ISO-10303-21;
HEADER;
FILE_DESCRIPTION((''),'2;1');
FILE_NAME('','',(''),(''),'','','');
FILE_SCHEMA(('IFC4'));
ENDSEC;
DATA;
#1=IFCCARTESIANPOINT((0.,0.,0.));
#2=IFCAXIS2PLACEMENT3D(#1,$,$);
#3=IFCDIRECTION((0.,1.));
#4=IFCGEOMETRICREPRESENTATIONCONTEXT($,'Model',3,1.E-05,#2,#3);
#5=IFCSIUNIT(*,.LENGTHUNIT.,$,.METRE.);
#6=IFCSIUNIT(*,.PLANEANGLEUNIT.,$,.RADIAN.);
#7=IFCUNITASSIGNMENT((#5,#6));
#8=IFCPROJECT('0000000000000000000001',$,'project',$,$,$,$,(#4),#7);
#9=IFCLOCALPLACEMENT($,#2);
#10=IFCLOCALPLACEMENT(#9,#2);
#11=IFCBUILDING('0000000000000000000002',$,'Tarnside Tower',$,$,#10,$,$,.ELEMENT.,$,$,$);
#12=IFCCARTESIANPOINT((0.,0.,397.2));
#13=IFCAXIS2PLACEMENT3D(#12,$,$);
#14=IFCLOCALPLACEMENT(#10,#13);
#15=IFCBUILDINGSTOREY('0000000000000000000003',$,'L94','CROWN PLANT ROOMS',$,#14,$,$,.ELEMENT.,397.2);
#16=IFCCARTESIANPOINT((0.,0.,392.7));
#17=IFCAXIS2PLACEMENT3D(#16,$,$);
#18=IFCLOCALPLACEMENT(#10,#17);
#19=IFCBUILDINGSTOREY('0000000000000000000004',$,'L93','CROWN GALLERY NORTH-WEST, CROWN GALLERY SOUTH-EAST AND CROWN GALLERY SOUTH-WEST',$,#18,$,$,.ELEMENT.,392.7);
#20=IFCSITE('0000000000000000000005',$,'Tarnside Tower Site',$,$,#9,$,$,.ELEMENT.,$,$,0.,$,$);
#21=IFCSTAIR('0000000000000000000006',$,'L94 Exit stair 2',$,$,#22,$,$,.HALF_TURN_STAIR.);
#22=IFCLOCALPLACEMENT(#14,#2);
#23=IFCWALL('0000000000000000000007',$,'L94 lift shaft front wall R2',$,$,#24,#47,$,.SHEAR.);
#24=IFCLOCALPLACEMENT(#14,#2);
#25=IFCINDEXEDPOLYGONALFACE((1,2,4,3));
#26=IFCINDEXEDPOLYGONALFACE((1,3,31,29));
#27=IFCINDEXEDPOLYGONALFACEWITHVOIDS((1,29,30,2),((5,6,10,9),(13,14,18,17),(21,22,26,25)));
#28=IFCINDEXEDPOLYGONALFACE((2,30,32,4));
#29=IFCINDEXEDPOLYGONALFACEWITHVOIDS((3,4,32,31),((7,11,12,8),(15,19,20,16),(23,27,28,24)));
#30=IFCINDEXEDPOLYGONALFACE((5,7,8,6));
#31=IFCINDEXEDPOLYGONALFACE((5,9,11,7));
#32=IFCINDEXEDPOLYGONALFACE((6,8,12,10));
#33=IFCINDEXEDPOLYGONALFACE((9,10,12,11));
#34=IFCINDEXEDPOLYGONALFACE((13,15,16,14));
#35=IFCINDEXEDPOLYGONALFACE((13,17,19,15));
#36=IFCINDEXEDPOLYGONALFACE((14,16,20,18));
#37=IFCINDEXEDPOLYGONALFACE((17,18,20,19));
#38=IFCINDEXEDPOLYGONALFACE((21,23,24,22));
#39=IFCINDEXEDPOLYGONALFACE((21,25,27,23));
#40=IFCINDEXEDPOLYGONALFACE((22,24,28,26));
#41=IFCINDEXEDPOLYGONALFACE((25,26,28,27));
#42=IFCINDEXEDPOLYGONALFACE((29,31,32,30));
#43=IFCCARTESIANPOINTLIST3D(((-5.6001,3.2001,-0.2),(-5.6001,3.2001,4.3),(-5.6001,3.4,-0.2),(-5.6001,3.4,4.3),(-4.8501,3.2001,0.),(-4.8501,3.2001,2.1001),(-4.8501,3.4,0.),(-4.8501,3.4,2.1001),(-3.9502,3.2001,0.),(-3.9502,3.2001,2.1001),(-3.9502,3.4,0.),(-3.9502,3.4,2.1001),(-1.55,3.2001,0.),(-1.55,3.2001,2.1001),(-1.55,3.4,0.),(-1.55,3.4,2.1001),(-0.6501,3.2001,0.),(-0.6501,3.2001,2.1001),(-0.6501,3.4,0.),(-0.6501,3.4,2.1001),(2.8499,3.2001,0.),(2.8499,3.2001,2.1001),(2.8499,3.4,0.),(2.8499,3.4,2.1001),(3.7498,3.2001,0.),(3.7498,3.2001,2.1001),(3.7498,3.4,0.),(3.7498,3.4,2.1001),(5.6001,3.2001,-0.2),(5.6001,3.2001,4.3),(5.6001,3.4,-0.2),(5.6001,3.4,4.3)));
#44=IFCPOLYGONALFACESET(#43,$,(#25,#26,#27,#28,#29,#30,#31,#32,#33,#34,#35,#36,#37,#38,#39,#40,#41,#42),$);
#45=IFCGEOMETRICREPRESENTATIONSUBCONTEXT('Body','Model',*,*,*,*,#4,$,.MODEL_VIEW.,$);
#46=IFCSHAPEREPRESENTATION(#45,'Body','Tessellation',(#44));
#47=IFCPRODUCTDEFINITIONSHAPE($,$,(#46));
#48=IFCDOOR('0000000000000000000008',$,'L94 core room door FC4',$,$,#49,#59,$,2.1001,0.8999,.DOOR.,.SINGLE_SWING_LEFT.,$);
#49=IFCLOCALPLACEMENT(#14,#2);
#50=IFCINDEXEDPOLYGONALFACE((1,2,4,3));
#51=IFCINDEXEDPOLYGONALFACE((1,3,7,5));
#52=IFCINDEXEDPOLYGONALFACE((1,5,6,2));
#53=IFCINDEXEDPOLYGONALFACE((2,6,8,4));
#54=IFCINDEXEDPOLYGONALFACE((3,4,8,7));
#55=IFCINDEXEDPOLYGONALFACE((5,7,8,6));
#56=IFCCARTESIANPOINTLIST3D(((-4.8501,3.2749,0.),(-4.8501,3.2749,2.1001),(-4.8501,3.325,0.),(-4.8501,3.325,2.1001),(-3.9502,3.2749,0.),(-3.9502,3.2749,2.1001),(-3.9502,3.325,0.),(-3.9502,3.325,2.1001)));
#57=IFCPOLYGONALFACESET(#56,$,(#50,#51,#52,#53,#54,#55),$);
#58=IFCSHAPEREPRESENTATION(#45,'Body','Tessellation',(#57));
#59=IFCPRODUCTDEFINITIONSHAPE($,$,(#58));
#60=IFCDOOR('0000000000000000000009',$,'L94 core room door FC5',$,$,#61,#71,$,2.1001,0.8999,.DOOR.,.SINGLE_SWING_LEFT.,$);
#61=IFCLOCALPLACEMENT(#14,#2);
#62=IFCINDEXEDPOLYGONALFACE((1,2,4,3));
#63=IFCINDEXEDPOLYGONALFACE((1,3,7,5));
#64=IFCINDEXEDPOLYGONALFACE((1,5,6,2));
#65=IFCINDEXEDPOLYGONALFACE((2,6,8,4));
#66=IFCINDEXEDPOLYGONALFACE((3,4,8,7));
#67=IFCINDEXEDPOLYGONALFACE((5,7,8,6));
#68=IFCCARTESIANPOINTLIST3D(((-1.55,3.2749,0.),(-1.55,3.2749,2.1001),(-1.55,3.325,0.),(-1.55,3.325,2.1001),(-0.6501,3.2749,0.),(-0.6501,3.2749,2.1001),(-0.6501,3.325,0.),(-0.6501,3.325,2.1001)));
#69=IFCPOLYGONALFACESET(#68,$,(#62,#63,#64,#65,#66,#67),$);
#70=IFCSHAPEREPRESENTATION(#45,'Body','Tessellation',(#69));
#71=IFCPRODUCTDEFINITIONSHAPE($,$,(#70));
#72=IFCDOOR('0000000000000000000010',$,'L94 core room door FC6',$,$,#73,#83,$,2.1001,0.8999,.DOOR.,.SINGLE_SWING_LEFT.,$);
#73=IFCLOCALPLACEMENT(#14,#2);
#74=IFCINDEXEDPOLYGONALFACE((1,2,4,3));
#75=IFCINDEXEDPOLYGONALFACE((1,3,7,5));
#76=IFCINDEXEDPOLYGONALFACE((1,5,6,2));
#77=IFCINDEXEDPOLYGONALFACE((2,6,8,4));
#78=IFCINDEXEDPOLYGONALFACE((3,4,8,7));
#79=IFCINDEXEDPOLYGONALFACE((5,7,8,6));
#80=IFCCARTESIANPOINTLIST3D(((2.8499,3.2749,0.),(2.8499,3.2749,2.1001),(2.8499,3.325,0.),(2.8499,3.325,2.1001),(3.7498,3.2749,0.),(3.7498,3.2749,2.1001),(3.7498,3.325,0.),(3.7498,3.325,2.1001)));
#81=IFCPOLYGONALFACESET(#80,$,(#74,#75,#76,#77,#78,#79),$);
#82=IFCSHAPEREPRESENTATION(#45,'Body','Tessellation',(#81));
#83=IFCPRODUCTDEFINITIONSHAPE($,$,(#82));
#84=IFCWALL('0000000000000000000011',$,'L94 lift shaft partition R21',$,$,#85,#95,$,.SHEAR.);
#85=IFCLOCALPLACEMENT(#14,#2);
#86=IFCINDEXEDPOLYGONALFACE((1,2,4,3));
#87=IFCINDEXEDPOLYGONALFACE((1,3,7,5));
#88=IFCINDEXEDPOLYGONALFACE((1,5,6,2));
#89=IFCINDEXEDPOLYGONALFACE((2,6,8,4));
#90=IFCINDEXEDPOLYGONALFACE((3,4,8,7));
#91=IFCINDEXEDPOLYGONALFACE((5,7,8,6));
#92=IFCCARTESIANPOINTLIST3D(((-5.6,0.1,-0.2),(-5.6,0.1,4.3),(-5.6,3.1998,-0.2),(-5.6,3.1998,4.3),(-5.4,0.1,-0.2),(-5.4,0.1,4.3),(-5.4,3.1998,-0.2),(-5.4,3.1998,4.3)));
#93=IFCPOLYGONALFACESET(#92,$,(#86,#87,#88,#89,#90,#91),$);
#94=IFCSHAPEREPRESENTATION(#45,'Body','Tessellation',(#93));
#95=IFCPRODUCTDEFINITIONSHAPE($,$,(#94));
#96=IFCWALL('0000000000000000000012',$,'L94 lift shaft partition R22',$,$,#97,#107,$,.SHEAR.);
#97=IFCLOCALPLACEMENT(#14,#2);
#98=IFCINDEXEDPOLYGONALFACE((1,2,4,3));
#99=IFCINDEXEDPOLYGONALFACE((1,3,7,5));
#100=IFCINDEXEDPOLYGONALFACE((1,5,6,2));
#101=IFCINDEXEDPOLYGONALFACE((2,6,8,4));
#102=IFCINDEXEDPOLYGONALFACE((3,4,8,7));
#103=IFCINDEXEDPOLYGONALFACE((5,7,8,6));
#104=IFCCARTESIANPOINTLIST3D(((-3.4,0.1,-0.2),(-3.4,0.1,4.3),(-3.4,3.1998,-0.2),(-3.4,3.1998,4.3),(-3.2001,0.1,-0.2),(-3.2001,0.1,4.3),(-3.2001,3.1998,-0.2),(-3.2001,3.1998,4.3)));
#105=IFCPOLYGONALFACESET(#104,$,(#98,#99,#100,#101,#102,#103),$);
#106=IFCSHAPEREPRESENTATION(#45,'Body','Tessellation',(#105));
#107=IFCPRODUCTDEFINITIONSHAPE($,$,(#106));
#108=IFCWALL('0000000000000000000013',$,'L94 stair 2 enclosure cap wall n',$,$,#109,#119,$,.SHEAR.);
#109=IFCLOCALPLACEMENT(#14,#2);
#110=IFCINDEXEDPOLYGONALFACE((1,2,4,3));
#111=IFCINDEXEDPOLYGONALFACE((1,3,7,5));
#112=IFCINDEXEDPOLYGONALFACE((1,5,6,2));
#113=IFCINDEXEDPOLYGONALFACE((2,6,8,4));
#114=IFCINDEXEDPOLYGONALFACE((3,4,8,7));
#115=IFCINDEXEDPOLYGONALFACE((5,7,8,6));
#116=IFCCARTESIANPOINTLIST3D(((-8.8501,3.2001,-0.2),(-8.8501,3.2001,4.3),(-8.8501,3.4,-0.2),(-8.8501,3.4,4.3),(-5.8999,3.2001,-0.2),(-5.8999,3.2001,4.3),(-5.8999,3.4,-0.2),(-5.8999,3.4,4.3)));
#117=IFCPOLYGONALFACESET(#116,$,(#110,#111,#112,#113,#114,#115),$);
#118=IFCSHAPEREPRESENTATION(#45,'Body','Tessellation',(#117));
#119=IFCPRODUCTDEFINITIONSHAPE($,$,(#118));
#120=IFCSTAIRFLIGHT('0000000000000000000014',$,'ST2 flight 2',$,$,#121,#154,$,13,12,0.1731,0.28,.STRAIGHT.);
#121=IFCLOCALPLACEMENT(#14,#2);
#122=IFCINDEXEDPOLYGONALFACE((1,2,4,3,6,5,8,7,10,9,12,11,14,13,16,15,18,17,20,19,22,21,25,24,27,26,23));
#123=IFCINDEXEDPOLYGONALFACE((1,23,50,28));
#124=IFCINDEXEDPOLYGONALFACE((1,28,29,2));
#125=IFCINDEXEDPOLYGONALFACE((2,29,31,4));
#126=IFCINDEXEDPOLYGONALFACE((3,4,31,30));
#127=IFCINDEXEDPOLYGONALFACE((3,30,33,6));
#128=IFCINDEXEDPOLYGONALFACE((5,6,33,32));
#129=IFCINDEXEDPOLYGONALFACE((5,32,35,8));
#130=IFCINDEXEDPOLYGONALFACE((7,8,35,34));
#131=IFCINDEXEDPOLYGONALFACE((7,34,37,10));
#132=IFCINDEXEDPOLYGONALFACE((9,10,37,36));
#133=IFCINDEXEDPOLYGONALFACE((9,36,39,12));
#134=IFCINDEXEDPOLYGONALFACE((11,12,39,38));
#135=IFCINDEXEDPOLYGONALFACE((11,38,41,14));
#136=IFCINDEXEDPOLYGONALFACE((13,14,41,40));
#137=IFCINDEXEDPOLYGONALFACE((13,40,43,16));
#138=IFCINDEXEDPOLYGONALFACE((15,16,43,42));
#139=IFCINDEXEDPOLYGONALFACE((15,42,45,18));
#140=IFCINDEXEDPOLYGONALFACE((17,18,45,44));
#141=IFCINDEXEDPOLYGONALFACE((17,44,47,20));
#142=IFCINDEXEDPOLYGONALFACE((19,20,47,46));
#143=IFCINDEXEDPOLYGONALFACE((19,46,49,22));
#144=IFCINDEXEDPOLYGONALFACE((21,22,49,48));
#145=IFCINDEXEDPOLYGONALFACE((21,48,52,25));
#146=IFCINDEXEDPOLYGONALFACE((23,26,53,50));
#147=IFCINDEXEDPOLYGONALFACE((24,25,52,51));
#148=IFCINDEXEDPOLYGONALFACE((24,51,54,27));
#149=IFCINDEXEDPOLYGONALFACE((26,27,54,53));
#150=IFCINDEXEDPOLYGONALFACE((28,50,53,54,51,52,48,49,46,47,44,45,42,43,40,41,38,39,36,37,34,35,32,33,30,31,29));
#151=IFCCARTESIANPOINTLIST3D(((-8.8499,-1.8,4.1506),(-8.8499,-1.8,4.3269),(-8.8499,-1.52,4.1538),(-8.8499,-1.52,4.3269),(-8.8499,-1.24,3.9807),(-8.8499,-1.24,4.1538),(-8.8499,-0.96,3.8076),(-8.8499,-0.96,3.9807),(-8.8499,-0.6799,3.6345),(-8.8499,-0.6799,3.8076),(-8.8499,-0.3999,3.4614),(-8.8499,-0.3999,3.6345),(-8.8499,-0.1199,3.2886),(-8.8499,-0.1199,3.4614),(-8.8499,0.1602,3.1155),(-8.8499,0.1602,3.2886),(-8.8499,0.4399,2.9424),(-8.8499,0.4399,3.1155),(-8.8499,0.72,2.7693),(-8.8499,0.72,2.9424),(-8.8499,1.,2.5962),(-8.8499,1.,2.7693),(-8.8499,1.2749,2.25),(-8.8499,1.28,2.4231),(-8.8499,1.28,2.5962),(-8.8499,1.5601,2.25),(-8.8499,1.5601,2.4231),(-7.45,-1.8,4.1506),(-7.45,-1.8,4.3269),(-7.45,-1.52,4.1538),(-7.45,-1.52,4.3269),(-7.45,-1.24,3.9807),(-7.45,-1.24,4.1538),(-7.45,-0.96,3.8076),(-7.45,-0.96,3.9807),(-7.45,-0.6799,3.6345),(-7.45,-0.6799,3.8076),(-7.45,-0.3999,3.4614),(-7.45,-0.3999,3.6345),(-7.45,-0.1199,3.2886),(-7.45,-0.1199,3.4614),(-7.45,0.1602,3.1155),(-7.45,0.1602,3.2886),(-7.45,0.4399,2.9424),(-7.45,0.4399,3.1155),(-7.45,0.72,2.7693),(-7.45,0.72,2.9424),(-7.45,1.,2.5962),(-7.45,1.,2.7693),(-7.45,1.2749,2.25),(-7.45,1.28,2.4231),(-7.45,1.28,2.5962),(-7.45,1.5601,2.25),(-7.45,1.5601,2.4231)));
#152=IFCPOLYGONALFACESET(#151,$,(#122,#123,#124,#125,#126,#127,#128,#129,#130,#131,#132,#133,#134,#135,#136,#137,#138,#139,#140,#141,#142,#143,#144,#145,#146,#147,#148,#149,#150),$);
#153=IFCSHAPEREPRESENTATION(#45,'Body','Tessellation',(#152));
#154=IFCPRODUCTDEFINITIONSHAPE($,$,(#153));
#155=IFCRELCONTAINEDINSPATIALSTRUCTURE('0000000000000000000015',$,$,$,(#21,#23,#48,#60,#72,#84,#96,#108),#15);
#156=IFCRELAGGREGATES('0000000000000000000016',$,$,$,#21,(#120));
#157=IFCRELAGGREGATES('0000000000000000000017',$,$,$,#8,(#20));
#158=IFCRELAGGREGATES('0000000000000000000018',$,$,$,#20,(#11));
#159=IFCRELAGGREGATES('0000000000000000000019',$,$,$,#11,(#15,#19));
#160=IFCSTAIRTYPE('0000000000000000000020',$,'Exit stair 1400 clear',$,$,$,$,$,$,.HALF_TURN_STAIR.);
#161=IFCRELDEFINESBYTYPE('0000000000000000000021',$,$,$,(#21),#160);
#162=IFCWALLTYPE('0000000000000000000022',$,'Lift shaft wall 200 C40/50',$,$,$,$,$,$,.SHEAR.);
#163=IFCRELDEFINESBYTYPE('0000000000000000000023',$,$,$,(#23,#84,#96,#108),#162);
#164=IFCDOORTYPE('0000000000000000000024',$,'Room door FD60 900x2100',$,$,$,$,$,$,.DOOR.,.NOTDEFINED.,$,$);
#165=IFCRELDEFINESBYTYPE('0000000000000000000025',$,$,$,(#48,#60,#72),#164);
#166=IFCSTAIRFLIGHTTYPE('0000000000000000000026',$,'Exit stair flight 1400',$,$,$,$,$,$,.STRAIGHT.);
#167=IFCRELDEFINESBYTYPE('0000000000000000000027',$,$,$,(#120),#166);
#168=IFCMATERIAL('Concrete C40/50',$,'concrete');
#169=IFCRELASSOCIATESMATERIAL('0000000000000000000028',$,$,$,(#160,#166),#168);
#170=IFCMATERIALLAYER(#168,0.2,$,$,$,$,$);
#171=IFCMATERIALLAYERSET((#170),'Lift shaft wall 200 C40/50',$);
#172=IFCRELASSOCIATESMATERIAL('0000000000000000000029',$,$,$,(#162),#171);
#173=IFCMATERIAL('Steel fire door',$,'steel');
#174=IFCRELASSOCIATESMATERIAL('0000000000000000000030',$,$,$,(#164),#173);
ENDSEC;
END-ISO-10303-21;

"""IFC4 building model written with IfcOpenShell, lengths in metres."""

from ifc_helpers import new_model, si_unit, direction, frame, frame_2d, origin, place, context, subcontext, project, spatial, polyline, rectangle, outline, extrude, material, layer, layer_set, type_object, element, fill, aggregate, save


model = new_model("IFC4")

# Units and contexts
model_context = context("Model", 3, precision=1e-05, world=origin(), true_north=direction((0.0, 1.0)))
body_context = subcontext(model_context, "Body", "Model", "MODEL_VIEW")
ifc_project = project(units=[si_unit("LENGTHUNIT", "METRE"), si_unit("PLANEANGLEUNIT", "RADIAN")], contexts=[model_context])

# Site, building, storey
site_placement = place(None, origin())
site = spatial("IfcSite", under=ifc_project, at=site_placement, Name="Tarnside Tower Site", CompositionType="ELEMENT", RefElevation=0.0)
building_placement = place(site_placement, origin())
building = spatial("IfcBuilding", under=site, at=building_placement, Name="Tarnside Tower", CompositionType="ELEMENT")
storey_1_placement = place(building_placement, frame((0.0, 0.0, 397.2)))
storey_1 = spatial("IfcBuildingStorey", under=building, at=storey_1_placement, Name="L94", Description="CROWN PLANT ROOMS", CompositionType="ELEMENT", Elevation=397.2)

# Shared definitions
ifc_material_1 = material(Name="Concrete C40/50", Category="concrete")

# Shared definitions
storey_2_placement = place(building_placement, frame((0.0, 0.0, 392.7)))
storey_2 = spatial("IfcBuildingStorey", under=building, at=storey_2_placement, Name="L93", Description="CROWN GALLERY NORTH-WEST, CROWN GALLERY SOUTH-EAST AND CROWN GALLERY SOUTH-WEST", CompositionType="ELEMENT", Elevation=392.7)

# Stair
stair_type = type_object("IfcStairType", Name="Exit stair 1400 clear", PredefinedType="HALF_TURN_STAIR", material=ifc_material_1)
stair_1_placement = place(storey_1_placement, origin())
stair_1 = element("IfcStair", 1, at=stair_1_placement, inside=storey_1, type_object=stair_type, Name="L94 Exit stair 2", PredefinedType="HALF_TURN_STAIR")

# Shared definitions
ifc_material_2 = material(Name="Steel fire door", Category="steel")

# Shared definitions
ifc_layer_1 = layer(ifc_material_1, 0.2)
ifc_layer_set_1 = layer_set([ifc_layer_1], Name="Lift shaft wall 200 C40/50")
wall_type_1 = type_object("IfcWallType", Name="Lift shaft wall 200 C40/50", PredefinedType="SHEAR", material=ifc_layer_set_1)
door_type_1 = type_object("IfcDoorType", Name="Room door FD60 900x2100", OperationType="NOTDEFINED", PredefinedType="DOOR", material=ifc_material_2)

# Wall, openings, doors
wall_1_placement = place(storey_1_placement, frame((-5.6001, 3.3, -0.2), z_axis=(0.0, 0.0, 1.0), x_axis=(1.0, 0.0, 0.0)))
wall_1 = element("IfcWall", 2, at=wall_1_placement, inside=storey_1, type_object=wall_type_1, Name="L94 lift shaft front wall R2", PredefinedType="SHEAR", context=body_context, shape_type="SweptSolid", body=[
    extrude(rectangle(XDim=11.2002, YDim=0.2, at=frame_2d((5.6001, 0.0))), origin(), (0.0, 0.0, 1.0), 4.5),
])
opening_1_placement = place(wall_1_placement, frame((0.75, 0.0, 0.2)))
opening_1 = element("IfcOpeningElement", 3, at=opening_1_placement, cuts=wall_1, PredefinedType="OPENING", context=body_context, shape_type="SweptSolid", body=[
    extrude(rectangle(XDim=0.8999, YDim=2.1001, at=frame_2d((0.45, 1.05))), frame((0.0, 0.1099, 0.0), z_axis=(0.0, -1.0, 0.0), x_axis=(1.0, 0.0, 0.0)), (0.0, 0.0, 1.0), 0.22),
])
opening_2_placement = place(wall_1_placement, frame((4.05, 0.0, 0.2)))
opening_2 = element("IfcOpeningElement", 4, at=opening_2_placement, cuts=wall_1, PredefinedType="OPENING", context=body_context, shape_type="SweptSolid", body=[
    extrude(rectangle(XDim=0.8999, YDim=2.1001, at=frame_2d((0.45, 1.05))), frame((0.0, 0.1099, 0.0), z_axis=(0.0, -1.0, 0.0), x_axis=(1.0, 0.0, 0.0)), (0.0, 0.0, 1.0), 0.22),
])
opening_3_placement = place(wall_1_placement, frame((8.45, 0.0, 0.2)))
opening_3 = element("IfcOpeningElement", 5, at=opening_3_placement, cuts=wall_1, PredefinedType="OPENING", context=body_context, shape_type="SweptSolid", body=[
    extrude(rectangle(XDim=0.8999, YDim=2.1001, at=frame_2d((0.45, 1.05))), frame((0.0, 0.1099, 0.0), z_axis=(0.0, -1.0, 0.0), x_axis=(1.0, 0.0, 0.0)), (0.0, 0.0, 1.0), 0.22),
])
door_1_placement = place(opening_1_placement, origin())
door_1 = element("IfcDoor", 6, at=door_1_placement, inside=storey_1, type_object=door_type_1, Name="L94 core room door FC4", OperationType="SINGLE_SWING_LEFT", OverallHeight=2.1001, OverallWidth=0.8999, PredefinedType="DOOR", context=body_context, shape_type="SweptSolid", body=[
    extrude(rectangle(XDim=0.8999, YDim=2.1001, at=frame_2d((0.45, 1.05))), frame((0.0, 0.0249, 0.0), z_axis=(0.0, -1.0, 0.0), x_axis=(1.0, 0.0, 0.0)), (0.0, 0.0, 1.0), 0.05),
])
fill(opening_1, door_1)
door_2_placement = place(opening_2_placement, origin())
door_2 = element("IfcDoor", 7, at=door_2_placement, inside=storey_1, type_object=door_type_1, Name="L94 core room door FC5", OperationType="SINGLE_SWING_LEFT", OverallHeight=2.1001, OverallWidth=0.8999, PredefinedType="DOOR", context=body_context, shape_type="SweptSolid", body=[
    extrude(rectangle(XDim=0.8999, YDim=2.1001, at=frame_2d((0.45, 1.05))), frame((0.0, 0.0249, 0.0), z_axis=(0.0, -1.0, 0.0), x_axis=(1.0, 0.0, 0.0)), (0.0, 0.0, 1.0), 0.05),
])
fill(opening_2, door_2)
door_3_placement = place(opening_3_placement, origin())
door_3 = element("IfcDoor", 8, at=door_3_placement, inside=storey_1, type_object=door_type_1, Name="L94 core room door FC6", OperationType="SINGLE_SWING_LEFT", OverallHeight=2.1001, OverallWidth=0.8999, PredefinedType="DOOR", context=body_context, shape_type="SweptSolid", body=[
    extrude(rectangle(XDim=0.8999, YDim=2.1001, at=frame_2d((0.45, 1.05))), frame((0.0, 0.0249, 0.0), z_axis=(0.0, -1.0, 0.0), x_axis=(1.0, 0.0, 0.0)), (0.0, 0.0, 1.0), 0.05),
])
fill(opening_3, door_3)

# Walls
for number, where, z_axis, x_axis, name in (
    (9, (-5.5, 0.1001, -0.2), (0.0, 0.0, 1.0), (0.0, 1.0, 0.0), "L94 lift shaft partition R21"),
    (10, (-3.3, 0.1001, -0.2), (0.0, 0.0, 1.0), (0.0, 1.0, 0.0), "L94 lift shaft partition R22"),
):
    element("IfcWall", number, at=place(storey_1_placement, frame(where, z_axis=z_axis, x_axis=x_axis)), inside=storey_1, type_object=wall_type_1, Name=name, PredefinedType="SHEAR", context=body_context, shape_type="SweptSolid", body=[
        extrude(rectangle(XDim=3.0999, YDim=0.2, at=frame_2d((1.5498, 0.0))), origin(), (0.0, 0.0, 1.0), 4.5),
    ])
wall_2_placement = place(storey_1_placement, frame((-8.8501, 3.3, -0.2), z_axis=(0.0, 0.0, 1.0), x_axis=(1.0, 0.0, 0.0)))
element("IfcWall", 11, at=wall_2_placement, inside=storey_1, type_object=wall_type_1, Name="L94 stair 2 enclosure cap wall n", PredefinedType="SHEAR", context=body_context, shape_type="SweptSolid", body=[
    extrude(rectangle(XDim=2.9502, YDim=0.2, at=frame_2d((1.4751, 0.0))), origin(), (0.0, 0.0, 1.0), 4.5),
])

# Stair flight
stair_flight_type = type_object("IfcStairFlightType", Name="Exit stair flight 1400", PredefinedType="STRAIGHT", material=ifc_material_1)
stair_flight_placement = place(storey_1_placement, frame((-8.1499, 1.5601, 2.25), z_axis=(0.0, 0.0, 1.0), x_axis=(0.0, -1.0, 0.0)))
stair_flight = element("IfcStairFlight", 12, at=stair_flight_placement, type_object=stair_flight_type, Name="ST2 flight 2", NumberOfRisers=13, NumberOfTreads=12, PredefinedType="STRAIGHT", RiserHeight=0.1731, TreadLength=0.28, context=body_context, shape_type="SweptSolid", body=[
    extrude(outline(polyline([(0.0, 0.0), (0.0, 0.1731), (0.28, 0.1731), (0.28, 0.3462), (0.5601, 0.3462), (0.5601, 0.5193), (0.8401, 0.5193), (0.8401, 0.6924), (1.1201, 0.6924), (1.1201, 0.8655), (1.3999, 0.8655), (1.3999, 1.0386), (1.6799, 1.0386), (1.6799, 1.2114), (1.96, 1.2114), (1.96, 1.3845), (2.24, 1.3845), (2.24, 1.5576), (2.52, 1.5576), (2.52, 1.7307), (2.8, 1.7307), (2.8, 1.9038), (3.0801, 1.9038), (3.0801, 2.0769), (3.3601, 2.0769), (3.3601, 2.25), (3.3601, 1.9006), (0.2852, 0.0), (0.0, 0.0)])), frame((0.0, 0.7, 0.0), z_axis=(0.0, -1.0, 0.0), x_axis=(1.0, 0.0, 0.0)), (0.0, 0.0, 1.0), 1.3999),
])
aggregate(stair_1, [stair_flight])

save(model, "model.ifc")
